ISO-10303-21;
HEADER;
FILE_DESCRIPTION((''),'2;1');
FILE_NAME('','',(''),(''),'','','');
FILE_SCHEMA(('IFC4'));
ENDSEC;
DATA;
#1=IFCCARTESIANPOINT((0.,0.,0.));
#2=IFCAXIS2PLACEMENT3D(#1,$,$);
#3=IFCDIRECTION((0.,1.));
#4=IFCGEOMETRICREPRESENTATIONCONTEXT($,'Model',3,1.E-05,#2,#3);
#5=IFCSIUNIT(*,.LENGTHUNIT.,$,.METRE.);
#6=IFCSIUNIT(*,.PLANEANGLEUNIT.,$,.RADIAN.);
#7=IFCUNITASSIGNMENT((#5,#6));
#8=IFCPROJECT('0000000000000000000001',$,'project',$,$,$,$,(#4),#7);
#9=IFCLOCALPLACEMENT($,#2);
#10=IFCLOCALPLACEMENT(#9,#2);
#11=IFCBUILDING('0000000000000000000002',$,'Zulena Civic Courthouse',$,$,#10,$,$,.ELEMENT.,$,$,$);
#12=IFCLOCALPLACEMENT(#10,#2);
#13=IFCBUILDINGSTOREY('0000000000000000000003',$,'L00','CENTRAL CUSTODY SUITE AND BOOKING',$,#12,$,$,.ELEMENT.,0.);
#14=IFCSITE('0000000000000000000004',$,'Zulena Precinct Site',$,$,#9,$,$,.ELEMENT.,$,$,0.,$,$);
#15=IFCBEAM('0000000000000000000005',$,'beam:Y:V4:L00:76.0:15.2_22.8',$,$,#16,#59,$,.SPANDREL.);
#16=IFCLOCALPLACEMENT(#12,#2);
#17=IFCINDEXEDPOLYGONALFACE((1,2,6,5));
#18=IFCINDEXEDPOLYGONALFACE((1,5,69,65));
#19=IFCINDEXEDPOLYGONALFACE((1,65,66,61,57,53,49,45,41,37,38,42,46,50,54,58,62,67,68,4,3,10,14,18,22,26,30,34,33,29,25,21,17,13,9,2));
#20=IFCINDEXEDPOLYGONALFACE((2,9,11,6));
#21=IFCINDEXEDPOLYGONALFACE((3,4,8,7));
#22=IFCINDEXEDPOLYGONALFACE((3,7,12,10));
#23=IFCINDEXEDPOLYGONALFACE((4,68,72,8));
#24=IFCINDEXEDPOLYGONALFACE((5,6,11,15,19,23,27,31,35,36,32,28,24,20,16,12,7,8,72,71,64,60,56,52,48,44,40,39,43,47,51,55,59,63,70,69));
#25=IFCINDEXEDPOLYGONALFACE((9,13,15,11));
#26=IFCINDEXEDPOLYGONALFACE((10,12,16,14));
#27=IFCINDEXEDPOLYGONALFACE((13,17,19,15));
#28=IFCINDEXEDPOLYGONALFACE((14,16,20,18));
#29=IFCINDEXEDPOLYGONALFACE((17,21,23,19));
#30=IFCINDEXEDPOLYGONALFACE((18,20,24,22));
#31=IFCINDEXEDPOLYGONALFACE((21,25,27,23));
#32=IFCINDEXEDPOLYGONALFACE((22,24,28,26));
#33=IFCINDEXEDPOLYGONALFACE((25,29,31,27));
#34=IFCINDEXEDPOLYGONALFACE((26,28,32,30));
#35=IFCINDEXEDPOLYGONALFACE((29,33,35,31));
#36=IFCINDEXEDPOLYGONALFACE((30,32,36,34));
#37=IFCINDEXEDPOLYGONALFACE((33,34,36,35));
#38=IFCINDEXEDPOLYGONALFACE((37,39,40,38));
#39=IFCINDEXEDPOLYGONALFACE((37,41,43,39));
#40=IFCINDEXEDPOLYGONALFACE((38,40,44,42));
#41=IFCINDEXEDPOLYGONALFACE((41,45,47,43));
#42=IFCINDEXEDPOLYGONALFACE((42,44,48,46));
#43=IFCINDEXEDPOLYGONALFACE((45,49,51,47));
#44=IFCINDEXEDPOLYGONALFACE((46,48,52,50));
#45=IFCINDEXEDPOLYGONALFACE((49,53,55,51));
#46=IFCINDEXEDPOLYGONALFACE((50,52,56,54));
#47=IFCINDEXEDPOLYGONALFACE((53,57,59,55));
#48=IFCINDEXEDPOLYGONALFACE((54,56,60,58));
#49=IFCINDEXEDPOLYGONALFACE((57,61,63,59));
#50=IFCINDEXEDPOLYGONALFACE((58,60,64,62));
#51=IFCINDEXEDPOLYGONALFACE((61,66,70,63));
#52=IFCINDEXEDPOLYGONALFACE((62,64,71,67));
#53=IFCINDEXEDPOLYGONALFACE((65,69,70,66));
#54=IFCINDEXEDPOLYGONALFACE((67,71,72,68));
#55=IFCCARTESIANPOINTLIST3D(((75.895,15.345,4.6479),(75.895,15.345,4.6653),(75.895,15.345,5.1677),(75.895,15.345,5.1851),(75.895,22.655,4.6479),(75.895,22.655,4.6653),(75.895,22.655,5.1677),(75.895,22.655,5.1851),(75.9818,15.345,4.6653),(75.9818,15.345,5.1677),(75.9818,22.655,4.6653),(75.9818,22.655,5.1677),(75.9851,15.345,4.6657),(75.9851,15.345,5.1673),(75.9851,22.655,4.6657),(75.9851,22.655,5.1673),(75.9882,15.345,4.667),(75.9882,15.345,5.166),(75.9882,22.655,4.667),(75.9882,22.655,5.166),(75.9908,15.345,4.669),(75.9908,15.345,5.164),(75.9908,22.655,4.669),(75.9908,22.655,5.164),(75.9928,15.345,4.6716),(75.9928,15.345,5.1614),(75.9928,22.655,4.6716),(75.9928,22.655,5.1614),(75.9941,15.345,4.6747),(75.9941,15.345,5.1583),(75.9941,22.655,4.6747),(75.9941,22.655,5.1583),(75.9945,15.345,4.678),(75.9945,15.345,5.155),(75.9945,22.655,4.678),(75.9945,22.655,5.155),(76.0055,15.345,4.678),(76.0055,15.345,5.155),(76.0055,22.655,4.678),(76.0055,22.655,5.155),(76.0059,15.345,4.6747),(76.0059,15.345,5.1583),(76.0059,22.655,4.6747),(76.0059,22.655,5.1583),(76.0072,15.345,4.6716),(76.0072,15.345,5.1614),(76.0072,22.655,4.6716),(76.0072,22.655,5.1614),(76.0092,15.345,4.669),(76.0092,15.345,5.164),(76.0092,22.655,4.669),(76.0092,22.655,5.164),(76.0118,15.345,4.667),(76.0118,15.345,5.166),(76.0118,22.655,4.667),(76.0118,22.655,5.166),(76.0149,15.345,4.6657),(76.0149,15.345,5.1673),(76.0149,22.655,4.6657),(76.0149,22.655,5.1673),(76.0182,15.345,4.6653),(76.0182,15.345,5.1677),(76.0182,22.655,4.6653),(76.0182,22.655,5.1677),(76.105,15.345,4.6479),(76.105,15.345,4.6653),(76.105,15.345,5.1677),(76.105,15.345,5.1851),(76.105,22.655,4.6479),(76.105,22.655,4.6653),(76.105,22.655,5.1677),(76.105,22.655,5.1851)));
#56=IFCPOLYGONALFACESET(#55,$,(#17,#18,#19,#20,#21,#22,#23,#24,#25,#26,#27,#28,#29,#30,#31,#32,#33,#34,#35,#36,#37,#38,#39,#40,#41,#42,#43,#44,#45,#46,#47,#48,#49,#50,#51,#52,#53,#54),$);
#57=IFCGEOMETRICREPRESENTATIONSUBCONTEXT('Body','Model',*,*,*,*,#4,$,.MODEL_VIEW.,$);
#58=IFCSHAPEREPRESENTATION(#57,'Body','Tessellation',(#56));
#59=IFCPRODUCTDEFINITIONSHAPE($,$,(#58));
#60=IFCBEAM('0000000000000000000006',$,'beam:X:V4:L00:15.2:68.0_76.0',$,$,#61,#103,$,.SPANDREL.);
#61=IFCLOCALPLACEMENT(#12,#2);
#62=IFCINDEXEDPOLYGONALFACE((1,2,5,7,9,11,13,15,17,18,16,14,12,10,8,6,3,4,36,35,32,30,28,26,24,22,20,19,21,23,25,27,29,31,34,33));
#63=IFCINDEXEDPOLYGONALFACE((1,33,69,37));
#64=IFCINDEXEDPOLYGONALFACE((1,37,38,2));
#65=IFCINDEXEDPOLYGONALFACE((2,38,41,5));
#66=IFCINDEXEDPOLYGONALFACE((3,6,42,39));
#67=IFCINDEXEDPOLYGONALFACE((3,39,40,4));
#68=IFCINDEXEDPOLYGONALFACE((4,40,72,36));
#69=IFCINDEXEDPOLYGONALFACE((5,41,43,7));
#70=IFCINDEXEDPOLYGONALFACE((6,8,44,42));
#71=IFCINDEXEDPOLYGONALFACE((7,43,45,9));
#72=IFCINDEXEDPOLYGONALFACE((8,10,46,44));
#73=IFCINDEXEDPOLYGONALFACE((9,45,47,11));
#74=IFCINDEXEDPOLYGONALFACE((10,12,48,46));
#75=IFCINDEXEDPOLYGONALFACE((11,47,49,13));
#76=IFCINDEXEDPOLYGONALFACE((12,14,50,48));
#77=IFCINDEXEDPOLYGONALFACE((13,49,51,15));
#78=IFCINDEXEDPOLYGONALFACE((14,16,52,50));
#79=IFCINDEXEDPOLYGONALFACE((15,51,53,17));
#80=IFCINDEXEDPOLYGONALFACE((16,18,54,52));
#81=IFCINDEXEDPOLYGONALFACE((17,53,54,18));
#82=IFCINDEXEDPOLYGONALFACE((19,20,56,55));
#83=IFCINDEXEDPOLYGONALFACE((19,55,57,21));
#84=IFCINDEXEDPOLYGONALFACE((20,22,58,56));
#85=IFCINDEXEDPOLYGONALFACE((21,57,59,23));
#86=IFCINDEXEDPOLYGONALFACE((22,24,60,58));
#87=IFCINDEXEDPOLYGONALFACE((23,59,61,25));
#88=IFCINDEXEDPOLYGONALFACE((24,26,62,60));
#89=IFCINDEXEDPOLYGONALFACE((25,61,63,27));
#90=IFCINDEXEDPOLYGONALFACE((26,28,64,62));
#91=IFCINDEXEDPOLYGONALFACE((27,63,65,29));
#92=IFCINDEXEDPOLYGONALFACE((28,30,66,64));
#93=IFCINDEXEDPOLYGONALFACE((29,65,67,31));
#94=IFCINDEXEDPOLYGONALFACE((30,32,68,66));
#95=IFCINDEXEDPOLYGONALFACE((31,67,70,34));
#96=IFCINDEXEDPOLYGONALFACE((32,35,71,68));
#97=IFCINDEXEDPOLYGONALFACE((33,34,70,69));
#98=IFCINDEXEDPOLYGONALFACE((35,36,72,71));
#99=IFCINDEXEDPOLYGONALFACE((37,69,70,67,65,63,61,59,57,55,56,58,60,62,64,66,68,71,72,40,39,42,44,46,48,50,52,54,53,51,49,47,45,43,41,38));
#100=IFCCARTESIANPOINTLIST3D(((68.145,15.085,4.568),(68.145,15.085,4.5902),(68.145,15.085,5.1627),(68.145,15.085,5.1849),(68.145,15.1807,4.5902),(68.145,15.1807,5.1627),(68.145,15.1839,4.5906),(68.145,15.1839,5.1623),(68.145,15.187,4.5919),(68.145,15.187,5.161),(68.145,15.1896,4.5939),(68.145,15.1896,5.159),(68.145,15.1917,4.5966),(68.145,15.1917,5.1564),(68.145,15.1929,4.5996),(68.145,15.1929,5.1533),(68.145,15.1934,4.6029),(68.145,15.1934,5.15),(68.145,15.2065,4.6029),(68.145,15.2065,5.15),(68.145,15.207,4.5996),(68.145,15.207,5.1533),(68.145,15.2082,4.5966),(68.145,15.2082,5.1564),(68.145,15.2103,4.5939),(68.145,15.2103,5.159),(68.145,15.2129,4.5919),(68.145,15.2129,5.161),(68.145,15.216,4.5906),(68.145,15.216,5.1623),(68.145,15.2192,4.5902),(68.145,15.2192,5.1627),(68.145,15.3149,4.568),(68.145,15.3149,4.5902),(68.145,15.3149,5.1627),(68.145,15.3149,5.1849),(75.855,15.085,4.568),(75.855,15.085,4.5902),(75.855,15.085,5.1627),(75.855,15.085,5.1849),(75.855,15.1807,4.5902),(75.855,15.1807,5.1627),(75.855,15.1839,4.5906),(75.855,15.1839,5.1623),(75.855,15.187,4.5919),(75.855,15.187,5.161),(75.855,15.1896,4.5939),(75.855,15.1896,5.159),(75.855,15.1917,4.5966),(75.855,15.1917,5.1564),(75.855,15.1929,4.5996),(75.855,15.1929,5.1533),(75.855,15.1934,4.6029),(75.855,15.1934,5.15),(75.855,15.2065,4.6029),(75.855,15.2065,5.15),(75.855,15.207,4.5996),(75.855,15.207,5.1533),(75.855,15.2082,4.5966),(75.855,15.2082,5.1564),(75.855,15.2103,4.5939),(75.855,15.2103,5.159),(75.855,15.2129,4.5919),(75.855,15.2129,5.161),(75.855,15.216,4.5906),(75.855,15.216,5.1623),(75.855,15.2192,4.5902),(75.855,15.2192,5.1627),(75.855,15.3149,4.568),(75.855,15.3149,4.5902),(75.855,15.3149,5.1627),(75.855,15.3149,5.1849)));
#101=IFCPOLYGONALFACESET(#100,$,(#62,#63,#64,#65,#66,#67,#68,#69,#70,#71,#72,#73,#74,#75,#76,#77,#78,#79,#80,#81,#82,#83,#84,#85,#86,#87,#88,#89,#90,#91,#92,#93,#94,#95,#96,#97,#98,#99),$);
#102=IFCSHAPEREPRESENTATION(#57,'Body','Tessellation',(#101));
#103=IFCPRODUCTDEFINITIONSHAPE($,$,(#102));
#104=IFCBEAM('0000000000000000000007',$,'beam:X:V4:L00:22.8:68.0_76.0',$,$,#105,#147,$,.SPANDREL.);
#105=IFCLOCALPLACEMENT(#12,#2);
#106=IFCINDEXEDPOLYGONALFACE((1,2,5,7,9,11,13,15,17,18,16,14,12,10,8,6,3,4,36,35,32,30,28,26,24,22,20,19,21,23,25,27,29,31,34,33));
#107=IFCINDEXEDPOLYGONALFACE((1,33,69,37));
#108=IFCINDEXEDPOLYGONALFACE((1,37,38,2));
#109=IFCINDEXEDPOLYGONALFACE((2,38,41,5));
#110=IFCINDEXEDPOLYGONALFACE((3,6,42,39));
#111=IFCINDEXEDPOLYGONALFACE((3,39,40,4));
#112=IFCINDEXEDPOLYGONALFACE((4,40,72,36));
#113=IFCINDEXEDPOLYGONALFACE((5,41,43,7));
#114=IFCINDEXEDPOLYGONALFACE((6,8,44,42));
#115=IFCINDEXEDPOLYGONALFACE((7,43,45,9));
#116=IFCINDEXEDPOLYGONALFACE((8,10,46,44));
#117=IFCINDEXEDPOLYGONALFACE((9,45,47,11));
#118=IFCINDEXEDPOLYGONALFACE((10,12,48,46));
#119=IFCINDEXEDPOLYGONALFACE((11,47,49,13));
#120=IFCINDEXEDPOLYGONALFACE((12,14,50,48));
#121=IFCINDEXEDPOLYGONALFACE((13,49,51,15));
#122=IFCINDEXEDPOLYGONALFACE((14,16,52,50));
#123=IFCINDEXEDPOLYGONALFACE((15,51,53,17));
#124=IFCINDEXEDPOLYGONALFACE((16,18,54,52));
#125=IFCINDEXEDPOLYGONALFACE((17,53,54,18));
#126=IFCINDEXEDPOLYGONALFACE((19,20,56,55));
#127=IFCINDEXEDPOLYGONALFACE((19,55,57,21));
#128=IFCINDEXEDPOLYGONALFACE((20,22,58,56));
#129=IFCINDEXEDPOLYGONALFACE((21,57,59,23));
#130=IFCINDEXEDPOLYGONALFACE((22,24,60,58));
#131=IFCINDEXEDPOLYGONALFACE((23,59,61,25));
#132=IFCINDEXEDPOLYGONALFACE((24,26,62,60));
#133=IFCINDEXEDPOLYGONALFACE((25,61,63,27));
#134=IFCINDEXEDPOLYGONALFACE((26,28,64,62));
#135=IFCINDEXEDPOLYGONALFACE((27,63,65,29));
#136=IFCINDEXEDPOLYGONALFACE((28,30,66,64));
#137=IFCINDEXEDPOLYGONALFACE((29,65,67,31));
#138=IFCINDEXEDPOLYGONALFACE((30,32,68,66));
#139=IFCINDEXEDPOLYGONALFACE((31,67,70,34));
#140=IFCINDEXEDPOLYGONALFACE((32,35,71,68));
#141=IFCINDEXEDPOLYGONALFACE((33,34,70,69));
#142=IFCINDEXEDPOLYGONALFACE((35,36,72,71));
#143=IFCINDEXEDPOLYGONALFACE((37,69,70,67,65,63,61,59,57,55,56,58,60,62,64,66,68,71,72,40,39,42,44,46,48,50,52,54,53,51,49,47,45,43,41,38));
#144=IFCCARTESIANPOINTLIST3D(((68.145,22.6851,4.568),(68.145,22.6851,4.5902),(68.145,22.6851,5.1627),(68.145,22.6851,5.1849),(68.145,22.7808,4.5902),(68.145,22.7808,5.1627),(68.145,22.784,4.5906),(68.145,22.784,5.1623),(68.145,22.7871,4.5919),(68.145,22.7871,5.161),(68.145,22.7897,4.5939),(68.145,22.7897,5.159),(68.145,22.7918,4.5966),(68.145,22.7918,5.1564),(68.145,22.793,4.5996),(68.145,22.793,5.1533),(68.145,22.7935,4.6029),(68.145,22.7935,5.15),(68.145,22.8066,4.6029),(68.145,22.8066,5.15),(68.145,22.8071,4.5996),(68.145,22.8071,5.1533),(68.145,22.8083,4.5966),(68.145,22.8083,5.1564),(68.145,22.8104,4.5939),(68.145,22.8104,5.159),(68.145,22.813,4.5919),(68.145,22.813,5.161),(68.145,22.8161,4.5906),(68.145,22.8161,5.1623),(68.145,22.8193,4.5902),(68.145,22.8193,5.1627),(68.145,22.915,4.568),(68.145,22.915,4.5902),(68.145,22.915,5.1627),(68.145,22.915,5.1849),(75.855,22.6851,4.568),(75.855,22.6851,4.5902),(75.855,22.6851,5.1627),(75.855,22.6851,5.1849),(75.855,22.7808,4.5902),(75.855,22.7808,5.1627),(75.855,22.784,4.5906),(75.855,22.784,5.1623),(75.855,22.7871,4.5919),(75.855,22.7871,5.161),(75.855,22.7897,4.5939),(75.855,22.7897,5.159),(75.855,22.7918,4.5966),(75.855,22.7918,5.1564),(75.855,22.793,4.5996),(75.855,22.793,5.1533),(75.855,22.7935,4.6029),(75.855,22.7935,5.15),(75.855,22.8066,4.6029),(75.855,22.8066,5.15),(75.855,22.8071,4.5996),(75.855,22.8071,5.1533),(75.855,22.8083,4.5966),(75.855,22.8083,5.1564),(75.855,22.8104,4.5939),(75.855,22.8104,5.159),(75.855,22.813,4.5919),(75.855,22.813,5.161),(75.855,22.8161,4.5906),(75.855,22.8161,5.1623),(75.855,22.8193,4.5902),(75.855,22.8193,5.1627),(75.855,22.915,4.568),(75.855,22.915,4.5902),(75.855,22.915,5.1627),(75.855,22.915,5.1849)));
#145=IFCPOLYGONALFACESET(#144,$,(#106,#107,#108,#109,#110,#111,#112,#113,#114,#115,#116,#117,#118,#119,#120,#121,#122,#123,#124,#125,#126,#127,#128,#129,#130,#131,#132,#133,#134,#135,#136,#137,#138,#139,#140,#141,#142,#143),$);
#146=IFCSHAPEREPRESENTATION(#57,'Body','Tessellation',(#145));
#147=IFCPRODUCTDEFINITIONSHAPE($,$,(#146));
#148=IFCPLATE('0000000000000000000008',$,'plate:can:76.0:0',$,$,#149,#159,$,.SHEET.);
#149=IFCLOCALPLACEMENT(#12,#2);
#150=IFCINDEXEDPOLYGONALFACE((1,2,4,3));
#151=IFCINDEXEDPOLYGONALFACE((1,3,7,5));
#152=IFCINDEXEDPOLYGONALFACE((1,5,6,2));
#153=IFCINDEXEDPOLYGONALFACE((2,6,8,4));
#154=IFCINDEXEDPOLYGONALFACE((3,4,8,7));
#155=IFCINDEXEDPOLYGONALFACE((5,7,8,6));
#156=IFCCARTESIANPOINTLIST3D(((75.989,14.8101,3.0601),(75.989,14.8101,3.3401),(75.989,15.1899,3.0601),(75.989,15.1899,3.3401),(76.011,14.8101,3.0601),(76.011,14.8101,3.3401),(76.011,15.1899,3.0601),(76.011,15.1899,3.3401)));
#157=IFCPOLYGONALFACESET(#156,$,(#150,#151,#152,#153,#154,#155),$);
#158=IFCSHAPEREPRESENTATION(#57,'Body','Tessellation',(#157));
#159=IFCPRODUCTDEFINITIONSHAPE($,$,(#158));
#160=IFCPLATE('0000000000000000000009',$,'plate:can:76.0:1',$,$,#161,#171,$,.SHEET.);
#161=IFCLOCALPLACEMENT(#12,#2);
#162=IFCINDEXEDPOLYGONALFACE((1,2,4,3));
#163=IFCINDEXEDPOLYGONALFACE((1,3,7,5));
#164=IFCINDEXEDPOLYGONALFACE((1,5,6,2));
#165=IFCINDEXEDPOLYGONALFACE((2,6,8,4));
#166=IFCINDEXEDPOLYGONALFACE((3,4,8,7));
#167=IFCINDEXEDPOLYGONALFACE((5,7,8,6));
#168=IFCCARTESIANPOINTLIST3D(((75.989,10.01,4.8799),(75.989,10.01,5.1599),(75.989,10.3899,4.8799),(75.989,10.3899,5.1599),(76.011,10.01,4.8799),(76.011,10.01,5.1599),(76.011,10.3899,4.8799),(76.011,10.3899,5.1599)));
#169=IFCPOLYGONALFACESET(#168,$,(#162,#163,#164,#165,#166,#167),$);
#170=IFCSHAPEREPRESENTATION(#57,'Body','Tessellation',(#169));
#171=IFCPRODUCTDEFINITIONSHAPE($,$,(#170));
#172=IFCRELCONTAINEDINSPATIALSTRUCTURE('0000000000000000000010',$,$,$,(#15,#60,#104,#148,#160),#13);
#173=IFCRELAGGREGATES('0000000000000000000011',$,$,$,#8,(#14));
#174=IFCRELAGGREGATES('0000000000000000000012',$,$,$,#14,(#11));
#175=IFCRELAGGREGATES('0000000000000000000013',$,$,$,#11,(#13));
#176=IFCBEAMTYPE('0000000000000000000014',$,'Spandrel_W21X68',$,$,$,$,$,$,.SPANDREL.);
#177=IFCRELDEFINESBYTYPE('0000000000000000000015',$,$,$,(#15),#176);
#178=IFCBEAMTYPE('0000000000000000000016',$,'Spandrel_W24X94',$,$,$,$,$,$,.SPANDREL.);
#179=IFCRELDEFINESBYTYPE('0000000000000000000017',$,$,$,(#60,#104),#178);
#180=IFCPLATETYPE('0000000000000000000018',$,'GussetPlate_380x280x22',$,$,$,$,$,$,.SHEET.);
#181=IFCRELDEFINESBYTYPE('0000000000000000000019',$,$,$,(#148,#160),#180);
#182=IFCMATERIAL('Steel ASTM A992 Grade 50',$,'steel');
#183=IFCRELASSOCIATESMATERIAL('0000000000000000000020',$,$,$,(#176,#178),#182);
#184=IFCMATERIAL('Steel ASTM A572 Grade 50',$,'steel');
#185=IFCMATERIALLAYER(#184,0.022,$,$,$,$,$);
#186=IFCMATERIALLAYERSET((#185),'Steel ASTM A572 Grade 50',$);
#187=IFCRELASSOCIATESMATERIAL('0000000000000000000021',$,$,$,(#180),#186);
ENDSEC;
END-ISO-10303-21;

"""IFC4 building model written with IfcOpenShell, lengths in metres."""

from ifc_helpers import new_model, si_unit, direction, frame, origin, origin_2d, place, context, subcontext, project, spatial, rectangle, i_section, extrude, material, layer, layer_set, material_profile, profile_set, type_object, element, save


model = new_model("IFC4")

# Units and contexts
model_context = context("Model", 3, precision=1e-05, world=origin(), true_north=direction((0.0, 1.0)))
body_context = subcontext(model_context, "Body", "Model", "MODEL_VIEW")
ifc_project = project(units=[si_unit("LENGTHUNIT", "METRE"), si_unit("PLANEANGLEUNIT", "RADIAN")], contexts=[model_context])

# Site, building, storey
site_placement = place(None, origin())
site = spatial("IfcSite", under=ifc_project, at=site_placement, Name="Zulena Precinct Site", CompositionType="ELEMENT", RefElevation=0.0)
building_placement = place(site_placement, origin())
building = spatial("IfcBuilding", under=site, at=building_placement, Name="Zulena Civic Courthouse", CompositionType="ELEMENT")
storey_placement = place(building_placement, origin())
storey = spatial("IfcBuildingStorey", under=building, at=storey_placement, Name="L00", Description="CENTRAL CUSTODY SUITE AND BOOKING", CompositionType="ELEMENT", Elevation=0.0)

# Shared definitions
ifc_material_1 = material(Name="Steel ASTM A992 Grade 50", Category="steel")

# Beams
ifc_material_profile_1 = material_profile(ifc_material_1, i_section(OverallWidth=0.21, OverallDepth=0.5371, WebThickness=0.011, FlangeThickness=0.0173, FilletRadius=0.0127, at=origin_2d()), Name="W21X68")
ifc_profile_set_1 = profile_set([ifc_material_profile_1], Name="Steel ASTM A992 Grade 50")
beam_type_1 = type_object("IfcBeamType", Name="Spandrel_W21X68", PredefinedType="SPANDREL", material=ifc_profile_set_1)
for number, where, z_axis, x_axis, name in (
    (1, (76.0, 15.345, 4.9165), (0.0, 1.0, 0.0), (-1.0, 0.0, 0.0), "beam:Y:V4:L00:76.0:15.2_22.8"),
):
    element("IfcBeam", number, at=place(storey_placement, frame(where, z_axis=z_axis, x_axis=x_axis)), inside=storey, type_object=beam_type_1, Name=name, PredefinedType="SPANDREL", context=body_context, shape_type="SweptSolid", body=[
        extrude(i_section(OverallWidth=0.21, OverallDepth=0.5371, WebThickness=0.011, FlangeThickness=0.0173, FilletRadius=0.0127, at=origin_2d()), origin(), (0.0, 0.0, 1.0), 7.3101),
    ])
ifc_material_profile_2 = material_profile(ifc_material_1, i_section(OverallWidth=0.23, OverallDepth=0.6169, WebThickness=0.0132, FlangeThickness=0.0222, FilletRadius=0.0127, at=origin_2d()), Name="W24X94")
ifc_profile_set_2 = profile_set([ifc_material_profile_2], Name="Steel ASTM A992 Grade 50")
beam_type_2 = type_object("IfcBeamType", Name="Spandrel_W24X94", PredefinedType="SPANDREL", material=ifc_profile_set_2)
for number, where, z_axis, x_axis, name in (
    (2, (68.145, 15.2, 4.8765), (1.0, 0.0, 0.0), (0.0, 1.0, 0.0), "beam:X:V4:L00:15.2:68.0_76.0"),
    (3, (68.145, 22.8, 4.8765), (1.0, 0.0, 0.0), (0.0, 1.0, 0.0), "beam:X:V4:L00:22.8:68.0_76.0"),
):
    element("IfcBeam", number, at=place(storey_placement, frame(where, z_axis=z_axis, x_axis=x_axis)), inside=storey, type_object=beam_type_2, Name=name, PredefinedType="SPANDREL", context=body_context, shape_type="SweptSolid", body=[
        extrude(i_section(OverallWidth=0.23, OverallDepth=0.6169, WebThickness=0.0132, FlangeThickness=0.0222, FilletRadius=0.0127, at=origin_2d()), origin(), (0.0, 0.0, 1.0), 7.71),
    ])

# Plates
ifc_material_2 = material(Name="Steel ASTM A572 Grade 50", Category="steel")
ifc_layer_1 = layer(ifc_material_2, 0.022)
ifc_layer_set_1 = layer_set([ifc_layer_1], Name="Steel ASTM A572 Grade 50")
plate_type = type_object("IfcPlateType", Name="GussetPlate_380x280x22", PredefinedType="SHEET", material=ifc_layer_set_1)
for number, where, z_axis, x_axis, name in (
    (4, (76.0, 15.0, 3.0601), (0.0, 0.0, 1.0), (1.0, 0.0, 0.0), "plate:can:76.0:0"),
    (5, (76.0, 10.2, 4.8799), (0.0, 0.0, 1.0), (1.0, 0.0, 0.0), "plate:can:76.0:1"),
):
    element("IfcPlate", number, at=place(storey_placement, frame(where, z_axis=z_axis, x_axis=x_axis)), inside=storey, type_object=plate_type, Name=name, PredefinedType="SHEET", context=body_context, shape_type="SweptSolid", body=[
        extrude(rectangle(XDim=0.022, YDim=0.3799, at=origin_2d()), origin(), (0.0, 0.0, 1.0), 0.28),
    ])

save(model, "model.ifc")
